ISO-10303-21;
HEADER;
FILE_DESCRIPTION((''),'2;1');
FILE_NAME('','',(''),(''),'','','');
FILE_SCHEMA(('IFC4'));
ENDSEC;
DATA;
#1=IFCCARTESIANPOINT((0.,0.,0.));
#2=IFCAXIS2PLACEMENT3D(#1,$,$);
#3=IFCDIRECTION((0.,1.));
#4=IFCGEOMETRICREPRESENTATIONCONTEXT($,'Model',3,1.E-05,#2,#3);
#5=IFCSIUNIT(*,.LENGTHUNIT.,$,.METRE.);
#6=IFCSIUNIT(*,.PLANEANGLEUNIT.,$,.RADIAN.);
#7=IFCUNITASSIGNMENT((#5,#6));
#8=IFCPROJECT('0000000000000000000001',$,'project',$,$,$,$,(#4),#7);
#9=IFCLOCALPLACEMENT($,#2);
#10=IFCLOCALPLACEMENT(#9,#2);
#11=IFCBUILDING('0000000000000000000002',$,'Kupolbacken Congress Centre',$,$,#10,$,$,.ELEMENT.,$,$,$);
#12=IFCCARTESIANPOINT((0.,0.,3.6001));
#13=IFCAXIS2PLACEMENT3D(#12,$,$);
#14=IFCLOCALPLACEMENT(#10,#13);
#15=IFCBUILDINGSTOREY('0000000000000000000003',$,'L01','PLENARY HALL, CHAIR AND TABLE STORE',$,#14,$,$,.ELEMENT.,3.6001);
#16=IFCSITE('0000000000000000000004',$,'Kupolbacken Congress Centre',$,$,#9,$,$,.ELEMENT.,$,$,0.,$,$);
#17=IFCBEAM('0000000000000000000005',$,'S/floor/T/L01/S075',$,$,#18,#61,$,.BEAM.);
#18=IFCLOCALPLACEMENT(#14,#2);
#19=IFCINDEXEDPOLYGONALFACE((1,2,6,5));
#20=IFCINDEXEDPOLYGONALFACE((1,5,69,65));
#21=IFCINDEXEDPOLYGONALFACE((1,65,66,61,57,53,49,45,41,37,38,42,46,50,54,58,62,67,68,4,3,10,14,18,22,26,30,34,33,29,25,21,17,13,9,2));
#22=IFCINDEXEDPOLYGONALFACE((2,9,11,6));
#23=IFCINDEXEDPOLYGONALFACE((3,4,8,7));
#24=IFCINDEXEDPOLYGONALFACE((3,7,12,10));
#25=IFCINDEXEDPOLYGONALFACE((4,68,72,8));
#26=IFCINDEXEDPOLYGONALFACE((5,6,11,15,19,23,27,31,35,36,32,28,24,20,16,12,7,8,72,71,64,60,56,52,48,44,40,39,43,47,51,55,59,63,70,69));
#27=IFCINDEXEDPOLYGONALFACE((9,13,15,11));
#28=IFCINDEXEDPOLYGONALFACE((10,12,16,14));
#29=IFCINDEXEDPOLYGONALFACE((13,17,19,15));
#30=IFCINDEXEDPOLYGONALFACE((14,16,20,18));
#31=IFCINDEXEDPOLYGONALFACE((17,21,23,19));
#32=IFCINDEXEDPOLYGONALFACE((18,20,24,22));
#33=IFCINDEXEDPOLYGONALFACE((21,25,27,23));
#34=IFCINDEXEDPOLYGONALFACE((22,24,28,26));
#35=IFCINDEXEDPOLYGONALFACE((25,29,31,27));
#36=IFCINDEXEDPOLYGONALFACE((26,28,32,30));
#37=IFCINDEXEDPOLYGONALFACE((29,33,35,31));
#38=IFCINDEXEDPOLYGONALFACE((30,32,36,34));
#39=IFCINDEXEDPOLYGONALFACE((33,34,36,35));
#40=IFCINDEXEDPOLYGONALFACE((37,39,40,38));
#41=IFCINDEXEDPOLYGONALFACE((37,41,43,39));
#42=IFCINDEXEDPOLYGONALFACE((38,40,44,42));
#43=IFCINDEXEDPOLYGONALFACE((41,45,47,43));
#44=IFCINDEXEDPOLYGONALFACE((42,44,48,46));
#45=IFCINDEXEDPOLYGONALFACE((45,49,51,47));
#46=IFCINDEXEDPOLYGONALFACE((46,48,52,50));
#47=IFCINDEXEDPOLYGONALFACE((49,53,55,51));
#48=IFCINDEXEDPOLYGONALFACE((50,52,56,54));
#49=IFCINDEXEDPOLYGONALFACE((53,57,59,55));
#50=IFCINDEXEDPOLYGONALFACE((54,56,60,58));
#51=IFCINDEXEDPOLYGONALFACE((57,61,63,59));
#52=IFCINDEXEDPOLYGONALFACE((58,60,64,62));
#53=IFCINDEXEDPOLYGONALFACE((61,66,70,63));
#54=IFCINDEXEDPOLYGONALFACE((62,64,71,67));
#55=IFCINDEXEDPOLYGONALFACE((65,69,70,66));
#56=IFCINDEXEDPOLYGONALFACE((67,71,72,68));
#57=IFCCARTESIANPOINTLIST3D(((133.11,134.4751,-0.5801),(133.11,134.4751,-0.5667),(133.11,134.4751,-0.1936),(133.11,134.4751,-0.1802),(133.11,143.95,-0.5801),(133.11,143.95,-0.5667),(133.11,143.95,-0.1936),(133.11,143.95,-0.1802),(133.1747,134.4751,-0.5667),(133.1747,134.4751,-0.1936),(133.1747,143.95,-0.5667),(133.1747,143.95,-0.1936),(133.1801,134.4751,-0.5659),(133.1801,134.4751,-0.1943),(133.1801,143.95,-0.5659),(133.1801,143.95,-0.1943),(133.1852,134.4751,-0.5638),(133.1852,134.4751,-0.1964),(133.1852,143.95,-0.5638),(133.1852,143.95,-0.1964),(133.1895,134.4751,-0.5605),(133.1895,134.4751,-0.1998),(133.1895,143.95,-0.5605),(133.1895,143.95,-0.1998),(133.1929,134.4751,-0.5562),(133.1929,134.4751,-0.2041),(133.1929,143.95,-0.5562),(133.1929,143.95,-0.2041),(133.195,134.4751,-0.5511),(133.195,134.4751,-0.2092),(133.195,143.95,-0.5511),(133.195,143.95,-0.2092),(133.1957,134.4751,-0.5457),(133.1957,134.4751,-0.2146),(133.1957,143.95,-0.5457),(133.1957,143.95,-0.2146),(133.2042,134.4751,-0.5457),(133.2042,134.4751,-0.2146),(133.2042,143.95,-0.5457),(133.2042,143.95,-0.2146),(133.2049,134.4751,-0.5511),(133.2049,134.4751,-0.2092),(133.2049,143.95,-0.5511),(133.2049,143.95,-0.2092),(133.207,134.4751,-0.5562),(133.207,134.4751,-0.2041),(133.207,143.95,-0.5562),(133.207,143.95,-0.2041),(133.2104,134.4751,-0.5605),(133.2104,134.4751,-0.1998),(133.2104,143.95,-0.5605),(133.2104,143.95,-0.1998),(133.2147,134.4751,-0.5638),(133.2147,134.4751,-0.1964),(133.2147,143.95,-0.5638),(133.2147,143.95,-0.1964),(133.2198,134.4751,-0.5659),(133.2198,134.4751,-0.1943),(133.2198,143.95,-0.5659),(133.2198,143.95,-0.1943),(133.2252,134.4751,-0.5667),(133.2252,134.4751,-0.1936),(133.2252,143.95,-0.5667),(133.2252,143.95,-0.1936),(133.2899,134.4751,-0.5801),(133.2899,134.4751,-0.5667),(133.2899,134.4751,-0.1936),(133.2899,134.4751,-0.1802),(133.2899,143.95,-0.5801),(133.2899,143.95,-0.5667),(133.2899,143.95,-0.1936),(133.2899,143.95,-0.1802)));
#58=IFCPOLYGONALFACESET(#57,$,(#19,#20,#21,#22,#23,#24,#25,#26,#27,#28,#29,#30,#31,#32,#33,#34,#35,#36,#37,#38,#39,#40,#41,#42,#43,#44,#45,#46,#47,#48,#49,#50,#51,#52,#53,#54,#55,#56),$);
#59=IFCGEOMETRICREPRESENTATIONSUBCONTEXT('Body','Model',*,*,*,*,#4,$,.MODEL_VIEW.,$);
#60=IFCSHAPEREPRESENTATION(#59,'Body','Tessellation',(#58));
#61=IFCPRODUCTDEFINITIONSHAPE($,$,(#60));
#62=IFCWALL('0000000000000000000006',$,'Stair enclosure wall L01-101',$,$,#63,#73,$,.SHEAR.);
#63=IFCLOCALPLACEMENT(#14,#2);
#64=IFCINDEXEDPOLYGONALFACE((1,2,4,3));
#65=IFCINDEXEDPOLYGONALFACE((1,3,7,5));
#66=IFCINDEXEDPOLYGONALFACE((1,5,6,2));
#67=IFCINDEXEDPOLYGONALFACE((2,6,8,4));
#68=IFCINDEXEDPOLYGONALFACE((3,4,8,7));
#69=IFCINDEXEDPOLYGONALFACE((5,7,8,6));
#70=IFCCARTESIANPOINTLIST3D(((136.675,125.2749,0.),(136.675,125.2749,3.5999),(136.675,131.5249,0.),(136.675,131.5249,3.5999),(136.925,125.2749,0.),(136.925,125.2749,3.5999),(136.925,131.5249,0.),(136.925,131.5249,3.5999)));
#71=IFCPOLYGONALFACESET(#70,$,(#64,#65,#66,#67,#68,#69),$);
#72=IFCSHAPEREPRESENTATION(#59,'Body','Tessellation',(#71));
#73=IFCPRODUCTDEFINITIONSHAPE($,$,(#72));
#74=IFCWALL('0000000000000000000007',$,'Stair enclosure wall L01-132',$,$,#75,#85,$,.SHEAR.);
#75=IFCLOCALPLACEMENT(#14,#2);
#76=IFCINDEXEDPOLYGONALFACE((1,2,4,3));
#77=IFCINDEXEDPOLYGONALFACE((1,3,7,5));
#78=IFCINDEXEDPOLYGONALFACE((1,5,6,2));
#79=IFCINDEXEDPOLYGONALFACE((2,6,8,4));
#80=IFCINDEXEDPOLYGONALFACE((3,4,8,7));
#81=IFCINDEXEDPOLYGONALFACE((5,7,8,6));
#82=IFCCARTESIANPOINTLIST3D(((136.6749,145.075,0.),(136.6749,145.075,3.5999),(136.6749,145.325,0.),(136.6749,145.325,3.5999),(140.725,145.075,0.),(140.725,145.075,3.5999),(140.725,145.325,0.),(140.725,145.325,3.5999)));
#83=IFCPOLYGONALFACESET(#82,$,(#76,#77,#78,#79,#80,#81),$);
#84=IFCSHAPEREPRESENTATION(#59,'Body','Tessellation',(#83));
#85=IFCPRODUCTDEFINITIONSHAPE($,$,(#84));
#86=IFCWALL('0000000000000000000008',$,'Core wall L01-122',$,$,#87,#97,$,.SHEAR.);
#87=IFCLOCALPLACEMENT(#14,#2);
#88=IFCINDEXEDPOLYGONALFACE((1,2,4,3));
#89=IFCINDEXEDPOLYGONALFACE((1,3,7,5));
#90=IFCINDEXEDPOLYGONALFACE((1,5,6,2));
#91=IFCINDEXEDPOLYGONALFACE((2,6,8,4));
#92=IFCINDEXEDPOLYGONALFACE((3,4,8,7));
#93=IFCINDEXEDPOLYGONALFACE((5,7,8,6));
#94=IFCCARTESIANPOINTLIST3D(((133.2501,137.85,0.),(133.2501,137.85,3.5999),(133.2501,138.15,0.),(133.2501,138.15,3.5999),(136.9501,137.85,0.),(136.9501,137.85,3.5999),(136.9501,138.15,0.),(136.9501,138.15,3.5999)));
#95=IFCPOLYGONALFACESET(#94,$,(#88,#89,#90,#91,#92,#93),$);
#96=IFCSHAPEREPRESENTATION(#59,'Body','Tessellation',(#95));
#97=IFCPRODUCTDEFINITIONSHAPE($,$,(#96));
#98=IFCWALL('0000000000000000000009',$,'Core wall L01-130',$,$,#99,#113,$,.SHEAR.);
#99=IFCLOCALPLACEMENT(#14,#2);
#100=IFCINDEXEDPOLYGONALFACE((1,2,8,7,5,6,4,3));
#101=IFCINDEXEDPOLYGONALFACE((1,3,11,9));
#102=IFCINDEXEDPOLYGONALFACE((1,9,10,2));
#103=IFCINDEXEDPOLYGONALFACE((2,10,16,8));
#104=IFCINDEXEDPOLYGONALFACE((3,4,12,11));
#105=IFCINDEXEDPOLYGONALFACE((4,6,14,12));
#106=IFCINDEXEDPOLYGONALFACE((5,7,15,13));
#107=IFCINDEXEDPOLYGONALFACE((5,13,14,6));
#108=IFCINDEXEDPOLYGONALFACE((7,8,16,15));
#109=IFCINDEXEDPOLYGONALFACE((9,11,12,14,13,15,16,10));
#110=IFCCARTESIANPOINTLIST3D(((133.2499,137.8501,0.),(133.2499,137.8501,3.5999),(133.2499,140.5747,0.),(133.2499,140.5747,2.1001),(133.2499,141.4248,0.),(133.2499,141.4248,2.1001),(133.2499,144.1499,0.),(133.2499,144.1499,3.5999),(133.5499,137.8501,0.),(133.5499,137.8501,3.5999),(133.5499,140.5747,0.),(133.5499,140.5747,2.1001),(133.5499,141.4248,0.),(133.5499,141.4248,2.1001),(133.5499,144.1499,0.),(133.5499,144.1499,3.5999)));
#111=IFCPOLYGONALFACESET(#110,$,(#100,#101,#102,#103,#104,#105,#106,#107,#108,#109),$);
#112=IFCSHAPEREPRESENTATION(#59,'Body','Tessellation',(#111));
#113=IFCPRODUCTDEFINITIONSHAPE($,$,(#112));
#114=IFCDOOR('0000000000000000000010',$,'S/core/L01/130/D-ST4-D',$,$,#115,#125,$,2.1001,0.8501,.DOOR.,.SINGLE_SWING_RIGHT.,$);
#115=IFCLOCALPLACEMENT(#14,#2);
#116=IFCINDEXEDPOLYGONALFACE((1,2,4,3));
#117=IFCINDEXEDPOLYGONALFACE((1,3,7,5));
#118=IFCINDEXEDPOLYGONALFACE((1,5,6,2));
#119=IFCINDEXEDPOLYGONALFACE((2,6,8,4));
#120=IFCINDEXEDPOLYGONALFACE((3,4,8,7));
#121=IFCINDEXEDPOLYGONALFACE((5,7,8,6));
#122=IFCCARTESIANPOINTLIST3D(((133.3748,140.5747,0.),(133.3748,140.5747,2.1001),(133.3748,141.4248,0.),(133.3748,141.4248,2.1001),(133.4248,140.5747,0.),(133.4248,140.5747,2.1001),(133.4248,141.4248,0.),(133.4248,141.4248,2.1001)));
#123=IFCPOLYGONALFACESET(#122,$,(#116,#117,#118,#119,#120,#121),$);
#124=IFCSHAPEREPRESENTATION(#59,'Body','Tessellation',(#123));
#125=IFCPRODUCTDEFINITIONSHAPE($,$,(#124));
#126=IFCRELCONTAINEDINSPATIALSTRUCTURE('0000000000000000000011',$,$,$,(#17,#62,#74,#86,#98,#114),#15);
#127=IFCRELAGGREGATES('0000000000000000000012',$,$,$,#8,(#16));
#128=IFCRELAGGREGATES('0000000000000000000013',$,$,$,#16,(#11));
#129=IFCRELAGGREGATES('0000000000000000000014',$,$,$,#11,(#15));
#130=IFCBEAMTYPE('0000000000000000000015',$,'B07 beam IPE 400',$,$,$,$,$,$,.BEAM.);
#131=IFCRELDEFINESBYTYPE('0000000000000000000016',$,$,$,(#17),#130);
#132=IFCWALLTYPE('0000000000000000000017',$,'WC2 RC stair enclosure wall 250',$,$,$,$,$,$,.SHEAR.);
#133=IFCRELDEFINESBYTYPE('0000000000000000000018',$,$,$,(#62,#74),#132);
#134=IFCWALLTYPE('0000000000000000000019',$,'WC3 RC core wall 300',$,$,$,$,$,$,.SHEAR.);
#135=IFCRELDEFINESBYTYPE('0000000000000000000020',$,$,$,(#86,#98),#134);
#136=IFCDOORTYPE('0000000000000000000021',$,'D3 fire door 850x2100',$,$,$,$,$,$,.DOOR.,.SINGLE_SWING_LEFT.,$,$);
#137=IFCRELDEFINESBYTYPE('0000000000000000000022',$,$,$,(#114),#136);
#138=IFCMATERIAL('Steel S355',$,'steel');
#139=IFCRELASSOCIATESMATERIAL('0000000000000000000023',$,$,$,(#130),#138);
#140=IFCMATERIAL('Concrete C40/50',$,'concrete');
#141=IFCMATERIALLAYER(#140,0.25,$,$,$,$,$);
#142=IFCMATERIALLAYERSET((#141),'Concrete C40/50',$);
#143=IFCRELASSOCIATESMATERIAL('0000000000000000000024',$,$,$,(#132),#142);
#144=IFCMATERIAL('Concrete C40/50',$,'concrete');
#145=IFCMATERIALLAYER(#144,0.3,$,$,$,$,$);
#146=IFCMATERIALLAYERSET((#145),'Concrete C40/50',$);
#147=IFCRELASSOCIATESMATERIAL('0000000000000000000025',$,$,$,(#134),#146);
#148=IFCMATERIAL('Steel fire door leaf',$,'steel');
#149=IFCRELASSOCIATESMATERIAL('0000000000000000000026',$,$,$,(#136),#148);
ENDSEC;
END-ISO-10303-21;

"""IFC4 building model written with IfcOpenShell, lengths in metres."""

from ifc_helpers import new_model, si_unit, direction, frame, frame_2d, origin, origin_2d, place, context, subcontext, project, spatial, rectangle, i_section, extrude, material, layer, layer_set, material_profile, profile_set, type_object, element, fill, save


model = new_model("IFC4")

# Units and contexts
model_context = context("Model", 3, precision=1e-05, world=origin(), true_north=direction((0.0, 1.0)))
body_context = subcontext(model_context, "Body", "Model", "MODEL_VIEW")
ifc_project = project(units=[si_unit("LENGTHUNIT", "METRE"), si_unit("PLANEANGLEUNIT", "RADIAN")], contexts=[model_context])

# Site, building, storey
site_placement = place(None, origin())
site = spatial("IfcSite", under=ifc_project, at=site_placement, Name="Kupolbacken Congress Centre", CompositionType="ELEMENT", RefElevation=0.0)
building_placement = place(site_placement, origin())
building = spatial("IfcBuilding", under=site, at=building_placement, Name="Kupolbacken Congress Centre", CompositionType="ELEMENT")
storey_placement = place(building_placement, frame((0.0, 0.0, 3.6001)))
storey = spatial("IfcBuildingStorey", under=building, at=storey_placement, Name="L01", Description="PLENARY HALL, CHAIR AND TABLE STORE", CompositionType="ELEMENT", Elevation=3.6001)

# Beam
ifc_material_1 = material(Name="Steel S355", Category="steel")
ifc_material_profile_1 = material_profile(ifc_material_1, i_section(OverallWidth=0.1799, OverallDepth=0.3999, WebThickness=0.0085, FlangeThickness=0.0134, FilletRadius=0.021, at=origin_2d()), Name="IPE 400")
ifc_profile_set_1 = profile_set([ifc_material_profile_1], Name="Steel S355")
beam_type_1 = type_object("IfcBeamType", Name="B07 beam IPE 400", PredefinedType="BEAM", material=ifc_profile_set_1)
beam_1_placement = place(storey_placement, frame((133.2, 134.4751, -0.3801), z_axis=(0.0, 1.0, 0.0), x_axis=(-1.0, 0.0, 0.0)))
element("IfcBeam", 1, at=beam_1_placement, inside=storey, type_object=beam_type_1, Name="S/floor/T/L01/S075", PredefinedType="BEAM", context=body_context, shape_type="SweptSolid", body=[
    extrude(i_section(OverallWidth=0.1799, OverallDepth=0.3999, WebThickness=0.0085, FlangeThickness=0.0134, FilletRadius=0.021, at=origin_2d()), origin(), (0.0, 0.0, 1.0), 9.4749),
])

# Walls
ifc_material_2 = material(Name="Concrete C40/50", Category="concrete")
ifc_layer_1 = layer(ifc_material_2, 0.25)
ifc_layer_set_1 = layer_set([ifc_layer_1], Name="Concrete C40/50")
wall_type_1 = type_object("IfcWallType", Name="WC2 RC stair enclosure wall 250", PredefinedType="SHEAR", material=ifc_layer_set_1)
wall_1_placement = place(storey_placement, frame((136.8, 131.5249, 0.0), z_axis=(0.0, 0.0, 1.0), x_axis=(0.0, -1.0, 0.0)))
element("IfcWall", 2, at=wall_1_placement, inside=storey, type_object=wall_type_1, Name="Stair enclosure wall L01-101", PredefinedType="SHEAR", context=body_context, shape_type="SweptSolid", body=[
    extrude(rectangle(XDim=6.25, YDim=0.25, at=frame_2d((3.125, 0.0))), origin(), (0.0, 0.0, 1.0), 3.5999),
])
wall_2_placement = place(storey_placement, frame((136.675, 145.2, 0.0), z_axis=(0.0, 0.0, 1.0), x_axis=(1.0, 0.0, 0.0)))
element("IfcWall", 3, at=wall_2_placement, inside=storey, type_object=wall_type_1, Name="Stair enclosure wall L01-132", PredefinedType="SHEAR", context=body_context, shape_type="SweptSolid", body=[
    extrude(rectangle(XDim=4.05, YDim=0.25, at=frame_2d((2.0249, 0.0))), origin(), (0.0, 0.0, 1.0), 3.5999),
])
ifc_material_3 = material(Name="Concrete C40/50", Category="concrete")
ifc_layer_2 = layer(ifc_material_3, 0.3)
ifc_layer_set_2 = layer_set([ifc_layer_2], Name="Concrete C40/50")
wall_type_2 = type_object("IfcWallType", Name="WC3 RC core wall 300", PredefinedType="SHEAR", material=ifc_layer_set_2)
wall_3_placement = place(storey_placement, frame((133.25, 138.0, 0.0), z_axis=(0.0, 0.0, 1.0), x_axis=(1.0, 0.0, 0.0)))
element("IfcWall", 4, at=wall_3_placement, inside=storey, type_object=wall_type_2, Name="Core wall L01-122", PredefinedType="SHEAR", context=body_context, shape_type="SweptSolid", body=[
    extrude(rectangle(XDim=3.7, YDim=0.3, at=frame_2d((1.8501, 0.0))), origin(), (0.0, 0.0, 1.0), 3.5999),
])

# Wall, opening, door
wall_4_placement = place(storey_placement, frame((133.3999, 144.1499, 0.0), z_axis=(0.0, 0.0, 1.0), x_axis=(0.0, -1.0, 0.0)))
wall_4 = element("IfcWall", 5, at=wall_4_placement, inside=storey, type_object=wall_type_2, Name="Core wall L01-130", PredefinedType="SHEAR", context=body_context, shape_type="SweptSolid", body=[
    extrude(rectangle(XDim=6.2998, YDim=0.3, at=frame_2d((3.1499, 0.0))), origin(), (0.0, 0.0, 1.0), 3.5999),
])
opening_placement = place(wall_4_placement, frame((2.7251, 0.0, 0.0)))
opening = element("IfcOpeningElement", 6, at=opening_placement, cuts=wall_4, PredefinedType="OPENING", context=body_context, shape_type="SweptSolid", body=[
    extrude(rectangle(XDim=0.8501, YDim=2.1001, at=frame_2d((0.425, 1.05))), frame((0.0, 0.1599, 0.0), z_axis=(0.0, -1.0, 0.0), x_axis=(1.0, 0.0, 0.0)), (0.0, 0.0, 1.0), 0.3201),
])
ifc_material_4 = material(Name="Steel fire door leaf", Category="steel")
door_type = type_object("IfcDoorType", Name="D3 fire door 850x2100", OperationType="SINGLE_SWING_LEFT", PredefinedType="DOOR", material=ifc_material_4)
door_placement = place(opening_placement, origin())
door = element("IfcDoor", 7, at=door_placement, inside=storey, type_object=door_type, Name="S/core/L01/130/D-ST4-D", OperationType="SINGLE_SWING_RIGHT", OverallHeight=2.1001, OverallWidth=0.8501, PredefinedType="DOOR", context=body_context, shape_type="SweptSolid", body=[
    extrude(rectangle(XDim=0.8501, YDim=2.1001, at=frame_2d((0.425, 1.05))), frame((0.0, 0.0249, 0.0), z_axis=(0.0, -1.0, 0.0), x_axis=(1.0, 0.0, 0.0)), (0.0, 0.0, 1.0), 0.05),
])
fill(opening, door)

save(model, "model.ifc")
